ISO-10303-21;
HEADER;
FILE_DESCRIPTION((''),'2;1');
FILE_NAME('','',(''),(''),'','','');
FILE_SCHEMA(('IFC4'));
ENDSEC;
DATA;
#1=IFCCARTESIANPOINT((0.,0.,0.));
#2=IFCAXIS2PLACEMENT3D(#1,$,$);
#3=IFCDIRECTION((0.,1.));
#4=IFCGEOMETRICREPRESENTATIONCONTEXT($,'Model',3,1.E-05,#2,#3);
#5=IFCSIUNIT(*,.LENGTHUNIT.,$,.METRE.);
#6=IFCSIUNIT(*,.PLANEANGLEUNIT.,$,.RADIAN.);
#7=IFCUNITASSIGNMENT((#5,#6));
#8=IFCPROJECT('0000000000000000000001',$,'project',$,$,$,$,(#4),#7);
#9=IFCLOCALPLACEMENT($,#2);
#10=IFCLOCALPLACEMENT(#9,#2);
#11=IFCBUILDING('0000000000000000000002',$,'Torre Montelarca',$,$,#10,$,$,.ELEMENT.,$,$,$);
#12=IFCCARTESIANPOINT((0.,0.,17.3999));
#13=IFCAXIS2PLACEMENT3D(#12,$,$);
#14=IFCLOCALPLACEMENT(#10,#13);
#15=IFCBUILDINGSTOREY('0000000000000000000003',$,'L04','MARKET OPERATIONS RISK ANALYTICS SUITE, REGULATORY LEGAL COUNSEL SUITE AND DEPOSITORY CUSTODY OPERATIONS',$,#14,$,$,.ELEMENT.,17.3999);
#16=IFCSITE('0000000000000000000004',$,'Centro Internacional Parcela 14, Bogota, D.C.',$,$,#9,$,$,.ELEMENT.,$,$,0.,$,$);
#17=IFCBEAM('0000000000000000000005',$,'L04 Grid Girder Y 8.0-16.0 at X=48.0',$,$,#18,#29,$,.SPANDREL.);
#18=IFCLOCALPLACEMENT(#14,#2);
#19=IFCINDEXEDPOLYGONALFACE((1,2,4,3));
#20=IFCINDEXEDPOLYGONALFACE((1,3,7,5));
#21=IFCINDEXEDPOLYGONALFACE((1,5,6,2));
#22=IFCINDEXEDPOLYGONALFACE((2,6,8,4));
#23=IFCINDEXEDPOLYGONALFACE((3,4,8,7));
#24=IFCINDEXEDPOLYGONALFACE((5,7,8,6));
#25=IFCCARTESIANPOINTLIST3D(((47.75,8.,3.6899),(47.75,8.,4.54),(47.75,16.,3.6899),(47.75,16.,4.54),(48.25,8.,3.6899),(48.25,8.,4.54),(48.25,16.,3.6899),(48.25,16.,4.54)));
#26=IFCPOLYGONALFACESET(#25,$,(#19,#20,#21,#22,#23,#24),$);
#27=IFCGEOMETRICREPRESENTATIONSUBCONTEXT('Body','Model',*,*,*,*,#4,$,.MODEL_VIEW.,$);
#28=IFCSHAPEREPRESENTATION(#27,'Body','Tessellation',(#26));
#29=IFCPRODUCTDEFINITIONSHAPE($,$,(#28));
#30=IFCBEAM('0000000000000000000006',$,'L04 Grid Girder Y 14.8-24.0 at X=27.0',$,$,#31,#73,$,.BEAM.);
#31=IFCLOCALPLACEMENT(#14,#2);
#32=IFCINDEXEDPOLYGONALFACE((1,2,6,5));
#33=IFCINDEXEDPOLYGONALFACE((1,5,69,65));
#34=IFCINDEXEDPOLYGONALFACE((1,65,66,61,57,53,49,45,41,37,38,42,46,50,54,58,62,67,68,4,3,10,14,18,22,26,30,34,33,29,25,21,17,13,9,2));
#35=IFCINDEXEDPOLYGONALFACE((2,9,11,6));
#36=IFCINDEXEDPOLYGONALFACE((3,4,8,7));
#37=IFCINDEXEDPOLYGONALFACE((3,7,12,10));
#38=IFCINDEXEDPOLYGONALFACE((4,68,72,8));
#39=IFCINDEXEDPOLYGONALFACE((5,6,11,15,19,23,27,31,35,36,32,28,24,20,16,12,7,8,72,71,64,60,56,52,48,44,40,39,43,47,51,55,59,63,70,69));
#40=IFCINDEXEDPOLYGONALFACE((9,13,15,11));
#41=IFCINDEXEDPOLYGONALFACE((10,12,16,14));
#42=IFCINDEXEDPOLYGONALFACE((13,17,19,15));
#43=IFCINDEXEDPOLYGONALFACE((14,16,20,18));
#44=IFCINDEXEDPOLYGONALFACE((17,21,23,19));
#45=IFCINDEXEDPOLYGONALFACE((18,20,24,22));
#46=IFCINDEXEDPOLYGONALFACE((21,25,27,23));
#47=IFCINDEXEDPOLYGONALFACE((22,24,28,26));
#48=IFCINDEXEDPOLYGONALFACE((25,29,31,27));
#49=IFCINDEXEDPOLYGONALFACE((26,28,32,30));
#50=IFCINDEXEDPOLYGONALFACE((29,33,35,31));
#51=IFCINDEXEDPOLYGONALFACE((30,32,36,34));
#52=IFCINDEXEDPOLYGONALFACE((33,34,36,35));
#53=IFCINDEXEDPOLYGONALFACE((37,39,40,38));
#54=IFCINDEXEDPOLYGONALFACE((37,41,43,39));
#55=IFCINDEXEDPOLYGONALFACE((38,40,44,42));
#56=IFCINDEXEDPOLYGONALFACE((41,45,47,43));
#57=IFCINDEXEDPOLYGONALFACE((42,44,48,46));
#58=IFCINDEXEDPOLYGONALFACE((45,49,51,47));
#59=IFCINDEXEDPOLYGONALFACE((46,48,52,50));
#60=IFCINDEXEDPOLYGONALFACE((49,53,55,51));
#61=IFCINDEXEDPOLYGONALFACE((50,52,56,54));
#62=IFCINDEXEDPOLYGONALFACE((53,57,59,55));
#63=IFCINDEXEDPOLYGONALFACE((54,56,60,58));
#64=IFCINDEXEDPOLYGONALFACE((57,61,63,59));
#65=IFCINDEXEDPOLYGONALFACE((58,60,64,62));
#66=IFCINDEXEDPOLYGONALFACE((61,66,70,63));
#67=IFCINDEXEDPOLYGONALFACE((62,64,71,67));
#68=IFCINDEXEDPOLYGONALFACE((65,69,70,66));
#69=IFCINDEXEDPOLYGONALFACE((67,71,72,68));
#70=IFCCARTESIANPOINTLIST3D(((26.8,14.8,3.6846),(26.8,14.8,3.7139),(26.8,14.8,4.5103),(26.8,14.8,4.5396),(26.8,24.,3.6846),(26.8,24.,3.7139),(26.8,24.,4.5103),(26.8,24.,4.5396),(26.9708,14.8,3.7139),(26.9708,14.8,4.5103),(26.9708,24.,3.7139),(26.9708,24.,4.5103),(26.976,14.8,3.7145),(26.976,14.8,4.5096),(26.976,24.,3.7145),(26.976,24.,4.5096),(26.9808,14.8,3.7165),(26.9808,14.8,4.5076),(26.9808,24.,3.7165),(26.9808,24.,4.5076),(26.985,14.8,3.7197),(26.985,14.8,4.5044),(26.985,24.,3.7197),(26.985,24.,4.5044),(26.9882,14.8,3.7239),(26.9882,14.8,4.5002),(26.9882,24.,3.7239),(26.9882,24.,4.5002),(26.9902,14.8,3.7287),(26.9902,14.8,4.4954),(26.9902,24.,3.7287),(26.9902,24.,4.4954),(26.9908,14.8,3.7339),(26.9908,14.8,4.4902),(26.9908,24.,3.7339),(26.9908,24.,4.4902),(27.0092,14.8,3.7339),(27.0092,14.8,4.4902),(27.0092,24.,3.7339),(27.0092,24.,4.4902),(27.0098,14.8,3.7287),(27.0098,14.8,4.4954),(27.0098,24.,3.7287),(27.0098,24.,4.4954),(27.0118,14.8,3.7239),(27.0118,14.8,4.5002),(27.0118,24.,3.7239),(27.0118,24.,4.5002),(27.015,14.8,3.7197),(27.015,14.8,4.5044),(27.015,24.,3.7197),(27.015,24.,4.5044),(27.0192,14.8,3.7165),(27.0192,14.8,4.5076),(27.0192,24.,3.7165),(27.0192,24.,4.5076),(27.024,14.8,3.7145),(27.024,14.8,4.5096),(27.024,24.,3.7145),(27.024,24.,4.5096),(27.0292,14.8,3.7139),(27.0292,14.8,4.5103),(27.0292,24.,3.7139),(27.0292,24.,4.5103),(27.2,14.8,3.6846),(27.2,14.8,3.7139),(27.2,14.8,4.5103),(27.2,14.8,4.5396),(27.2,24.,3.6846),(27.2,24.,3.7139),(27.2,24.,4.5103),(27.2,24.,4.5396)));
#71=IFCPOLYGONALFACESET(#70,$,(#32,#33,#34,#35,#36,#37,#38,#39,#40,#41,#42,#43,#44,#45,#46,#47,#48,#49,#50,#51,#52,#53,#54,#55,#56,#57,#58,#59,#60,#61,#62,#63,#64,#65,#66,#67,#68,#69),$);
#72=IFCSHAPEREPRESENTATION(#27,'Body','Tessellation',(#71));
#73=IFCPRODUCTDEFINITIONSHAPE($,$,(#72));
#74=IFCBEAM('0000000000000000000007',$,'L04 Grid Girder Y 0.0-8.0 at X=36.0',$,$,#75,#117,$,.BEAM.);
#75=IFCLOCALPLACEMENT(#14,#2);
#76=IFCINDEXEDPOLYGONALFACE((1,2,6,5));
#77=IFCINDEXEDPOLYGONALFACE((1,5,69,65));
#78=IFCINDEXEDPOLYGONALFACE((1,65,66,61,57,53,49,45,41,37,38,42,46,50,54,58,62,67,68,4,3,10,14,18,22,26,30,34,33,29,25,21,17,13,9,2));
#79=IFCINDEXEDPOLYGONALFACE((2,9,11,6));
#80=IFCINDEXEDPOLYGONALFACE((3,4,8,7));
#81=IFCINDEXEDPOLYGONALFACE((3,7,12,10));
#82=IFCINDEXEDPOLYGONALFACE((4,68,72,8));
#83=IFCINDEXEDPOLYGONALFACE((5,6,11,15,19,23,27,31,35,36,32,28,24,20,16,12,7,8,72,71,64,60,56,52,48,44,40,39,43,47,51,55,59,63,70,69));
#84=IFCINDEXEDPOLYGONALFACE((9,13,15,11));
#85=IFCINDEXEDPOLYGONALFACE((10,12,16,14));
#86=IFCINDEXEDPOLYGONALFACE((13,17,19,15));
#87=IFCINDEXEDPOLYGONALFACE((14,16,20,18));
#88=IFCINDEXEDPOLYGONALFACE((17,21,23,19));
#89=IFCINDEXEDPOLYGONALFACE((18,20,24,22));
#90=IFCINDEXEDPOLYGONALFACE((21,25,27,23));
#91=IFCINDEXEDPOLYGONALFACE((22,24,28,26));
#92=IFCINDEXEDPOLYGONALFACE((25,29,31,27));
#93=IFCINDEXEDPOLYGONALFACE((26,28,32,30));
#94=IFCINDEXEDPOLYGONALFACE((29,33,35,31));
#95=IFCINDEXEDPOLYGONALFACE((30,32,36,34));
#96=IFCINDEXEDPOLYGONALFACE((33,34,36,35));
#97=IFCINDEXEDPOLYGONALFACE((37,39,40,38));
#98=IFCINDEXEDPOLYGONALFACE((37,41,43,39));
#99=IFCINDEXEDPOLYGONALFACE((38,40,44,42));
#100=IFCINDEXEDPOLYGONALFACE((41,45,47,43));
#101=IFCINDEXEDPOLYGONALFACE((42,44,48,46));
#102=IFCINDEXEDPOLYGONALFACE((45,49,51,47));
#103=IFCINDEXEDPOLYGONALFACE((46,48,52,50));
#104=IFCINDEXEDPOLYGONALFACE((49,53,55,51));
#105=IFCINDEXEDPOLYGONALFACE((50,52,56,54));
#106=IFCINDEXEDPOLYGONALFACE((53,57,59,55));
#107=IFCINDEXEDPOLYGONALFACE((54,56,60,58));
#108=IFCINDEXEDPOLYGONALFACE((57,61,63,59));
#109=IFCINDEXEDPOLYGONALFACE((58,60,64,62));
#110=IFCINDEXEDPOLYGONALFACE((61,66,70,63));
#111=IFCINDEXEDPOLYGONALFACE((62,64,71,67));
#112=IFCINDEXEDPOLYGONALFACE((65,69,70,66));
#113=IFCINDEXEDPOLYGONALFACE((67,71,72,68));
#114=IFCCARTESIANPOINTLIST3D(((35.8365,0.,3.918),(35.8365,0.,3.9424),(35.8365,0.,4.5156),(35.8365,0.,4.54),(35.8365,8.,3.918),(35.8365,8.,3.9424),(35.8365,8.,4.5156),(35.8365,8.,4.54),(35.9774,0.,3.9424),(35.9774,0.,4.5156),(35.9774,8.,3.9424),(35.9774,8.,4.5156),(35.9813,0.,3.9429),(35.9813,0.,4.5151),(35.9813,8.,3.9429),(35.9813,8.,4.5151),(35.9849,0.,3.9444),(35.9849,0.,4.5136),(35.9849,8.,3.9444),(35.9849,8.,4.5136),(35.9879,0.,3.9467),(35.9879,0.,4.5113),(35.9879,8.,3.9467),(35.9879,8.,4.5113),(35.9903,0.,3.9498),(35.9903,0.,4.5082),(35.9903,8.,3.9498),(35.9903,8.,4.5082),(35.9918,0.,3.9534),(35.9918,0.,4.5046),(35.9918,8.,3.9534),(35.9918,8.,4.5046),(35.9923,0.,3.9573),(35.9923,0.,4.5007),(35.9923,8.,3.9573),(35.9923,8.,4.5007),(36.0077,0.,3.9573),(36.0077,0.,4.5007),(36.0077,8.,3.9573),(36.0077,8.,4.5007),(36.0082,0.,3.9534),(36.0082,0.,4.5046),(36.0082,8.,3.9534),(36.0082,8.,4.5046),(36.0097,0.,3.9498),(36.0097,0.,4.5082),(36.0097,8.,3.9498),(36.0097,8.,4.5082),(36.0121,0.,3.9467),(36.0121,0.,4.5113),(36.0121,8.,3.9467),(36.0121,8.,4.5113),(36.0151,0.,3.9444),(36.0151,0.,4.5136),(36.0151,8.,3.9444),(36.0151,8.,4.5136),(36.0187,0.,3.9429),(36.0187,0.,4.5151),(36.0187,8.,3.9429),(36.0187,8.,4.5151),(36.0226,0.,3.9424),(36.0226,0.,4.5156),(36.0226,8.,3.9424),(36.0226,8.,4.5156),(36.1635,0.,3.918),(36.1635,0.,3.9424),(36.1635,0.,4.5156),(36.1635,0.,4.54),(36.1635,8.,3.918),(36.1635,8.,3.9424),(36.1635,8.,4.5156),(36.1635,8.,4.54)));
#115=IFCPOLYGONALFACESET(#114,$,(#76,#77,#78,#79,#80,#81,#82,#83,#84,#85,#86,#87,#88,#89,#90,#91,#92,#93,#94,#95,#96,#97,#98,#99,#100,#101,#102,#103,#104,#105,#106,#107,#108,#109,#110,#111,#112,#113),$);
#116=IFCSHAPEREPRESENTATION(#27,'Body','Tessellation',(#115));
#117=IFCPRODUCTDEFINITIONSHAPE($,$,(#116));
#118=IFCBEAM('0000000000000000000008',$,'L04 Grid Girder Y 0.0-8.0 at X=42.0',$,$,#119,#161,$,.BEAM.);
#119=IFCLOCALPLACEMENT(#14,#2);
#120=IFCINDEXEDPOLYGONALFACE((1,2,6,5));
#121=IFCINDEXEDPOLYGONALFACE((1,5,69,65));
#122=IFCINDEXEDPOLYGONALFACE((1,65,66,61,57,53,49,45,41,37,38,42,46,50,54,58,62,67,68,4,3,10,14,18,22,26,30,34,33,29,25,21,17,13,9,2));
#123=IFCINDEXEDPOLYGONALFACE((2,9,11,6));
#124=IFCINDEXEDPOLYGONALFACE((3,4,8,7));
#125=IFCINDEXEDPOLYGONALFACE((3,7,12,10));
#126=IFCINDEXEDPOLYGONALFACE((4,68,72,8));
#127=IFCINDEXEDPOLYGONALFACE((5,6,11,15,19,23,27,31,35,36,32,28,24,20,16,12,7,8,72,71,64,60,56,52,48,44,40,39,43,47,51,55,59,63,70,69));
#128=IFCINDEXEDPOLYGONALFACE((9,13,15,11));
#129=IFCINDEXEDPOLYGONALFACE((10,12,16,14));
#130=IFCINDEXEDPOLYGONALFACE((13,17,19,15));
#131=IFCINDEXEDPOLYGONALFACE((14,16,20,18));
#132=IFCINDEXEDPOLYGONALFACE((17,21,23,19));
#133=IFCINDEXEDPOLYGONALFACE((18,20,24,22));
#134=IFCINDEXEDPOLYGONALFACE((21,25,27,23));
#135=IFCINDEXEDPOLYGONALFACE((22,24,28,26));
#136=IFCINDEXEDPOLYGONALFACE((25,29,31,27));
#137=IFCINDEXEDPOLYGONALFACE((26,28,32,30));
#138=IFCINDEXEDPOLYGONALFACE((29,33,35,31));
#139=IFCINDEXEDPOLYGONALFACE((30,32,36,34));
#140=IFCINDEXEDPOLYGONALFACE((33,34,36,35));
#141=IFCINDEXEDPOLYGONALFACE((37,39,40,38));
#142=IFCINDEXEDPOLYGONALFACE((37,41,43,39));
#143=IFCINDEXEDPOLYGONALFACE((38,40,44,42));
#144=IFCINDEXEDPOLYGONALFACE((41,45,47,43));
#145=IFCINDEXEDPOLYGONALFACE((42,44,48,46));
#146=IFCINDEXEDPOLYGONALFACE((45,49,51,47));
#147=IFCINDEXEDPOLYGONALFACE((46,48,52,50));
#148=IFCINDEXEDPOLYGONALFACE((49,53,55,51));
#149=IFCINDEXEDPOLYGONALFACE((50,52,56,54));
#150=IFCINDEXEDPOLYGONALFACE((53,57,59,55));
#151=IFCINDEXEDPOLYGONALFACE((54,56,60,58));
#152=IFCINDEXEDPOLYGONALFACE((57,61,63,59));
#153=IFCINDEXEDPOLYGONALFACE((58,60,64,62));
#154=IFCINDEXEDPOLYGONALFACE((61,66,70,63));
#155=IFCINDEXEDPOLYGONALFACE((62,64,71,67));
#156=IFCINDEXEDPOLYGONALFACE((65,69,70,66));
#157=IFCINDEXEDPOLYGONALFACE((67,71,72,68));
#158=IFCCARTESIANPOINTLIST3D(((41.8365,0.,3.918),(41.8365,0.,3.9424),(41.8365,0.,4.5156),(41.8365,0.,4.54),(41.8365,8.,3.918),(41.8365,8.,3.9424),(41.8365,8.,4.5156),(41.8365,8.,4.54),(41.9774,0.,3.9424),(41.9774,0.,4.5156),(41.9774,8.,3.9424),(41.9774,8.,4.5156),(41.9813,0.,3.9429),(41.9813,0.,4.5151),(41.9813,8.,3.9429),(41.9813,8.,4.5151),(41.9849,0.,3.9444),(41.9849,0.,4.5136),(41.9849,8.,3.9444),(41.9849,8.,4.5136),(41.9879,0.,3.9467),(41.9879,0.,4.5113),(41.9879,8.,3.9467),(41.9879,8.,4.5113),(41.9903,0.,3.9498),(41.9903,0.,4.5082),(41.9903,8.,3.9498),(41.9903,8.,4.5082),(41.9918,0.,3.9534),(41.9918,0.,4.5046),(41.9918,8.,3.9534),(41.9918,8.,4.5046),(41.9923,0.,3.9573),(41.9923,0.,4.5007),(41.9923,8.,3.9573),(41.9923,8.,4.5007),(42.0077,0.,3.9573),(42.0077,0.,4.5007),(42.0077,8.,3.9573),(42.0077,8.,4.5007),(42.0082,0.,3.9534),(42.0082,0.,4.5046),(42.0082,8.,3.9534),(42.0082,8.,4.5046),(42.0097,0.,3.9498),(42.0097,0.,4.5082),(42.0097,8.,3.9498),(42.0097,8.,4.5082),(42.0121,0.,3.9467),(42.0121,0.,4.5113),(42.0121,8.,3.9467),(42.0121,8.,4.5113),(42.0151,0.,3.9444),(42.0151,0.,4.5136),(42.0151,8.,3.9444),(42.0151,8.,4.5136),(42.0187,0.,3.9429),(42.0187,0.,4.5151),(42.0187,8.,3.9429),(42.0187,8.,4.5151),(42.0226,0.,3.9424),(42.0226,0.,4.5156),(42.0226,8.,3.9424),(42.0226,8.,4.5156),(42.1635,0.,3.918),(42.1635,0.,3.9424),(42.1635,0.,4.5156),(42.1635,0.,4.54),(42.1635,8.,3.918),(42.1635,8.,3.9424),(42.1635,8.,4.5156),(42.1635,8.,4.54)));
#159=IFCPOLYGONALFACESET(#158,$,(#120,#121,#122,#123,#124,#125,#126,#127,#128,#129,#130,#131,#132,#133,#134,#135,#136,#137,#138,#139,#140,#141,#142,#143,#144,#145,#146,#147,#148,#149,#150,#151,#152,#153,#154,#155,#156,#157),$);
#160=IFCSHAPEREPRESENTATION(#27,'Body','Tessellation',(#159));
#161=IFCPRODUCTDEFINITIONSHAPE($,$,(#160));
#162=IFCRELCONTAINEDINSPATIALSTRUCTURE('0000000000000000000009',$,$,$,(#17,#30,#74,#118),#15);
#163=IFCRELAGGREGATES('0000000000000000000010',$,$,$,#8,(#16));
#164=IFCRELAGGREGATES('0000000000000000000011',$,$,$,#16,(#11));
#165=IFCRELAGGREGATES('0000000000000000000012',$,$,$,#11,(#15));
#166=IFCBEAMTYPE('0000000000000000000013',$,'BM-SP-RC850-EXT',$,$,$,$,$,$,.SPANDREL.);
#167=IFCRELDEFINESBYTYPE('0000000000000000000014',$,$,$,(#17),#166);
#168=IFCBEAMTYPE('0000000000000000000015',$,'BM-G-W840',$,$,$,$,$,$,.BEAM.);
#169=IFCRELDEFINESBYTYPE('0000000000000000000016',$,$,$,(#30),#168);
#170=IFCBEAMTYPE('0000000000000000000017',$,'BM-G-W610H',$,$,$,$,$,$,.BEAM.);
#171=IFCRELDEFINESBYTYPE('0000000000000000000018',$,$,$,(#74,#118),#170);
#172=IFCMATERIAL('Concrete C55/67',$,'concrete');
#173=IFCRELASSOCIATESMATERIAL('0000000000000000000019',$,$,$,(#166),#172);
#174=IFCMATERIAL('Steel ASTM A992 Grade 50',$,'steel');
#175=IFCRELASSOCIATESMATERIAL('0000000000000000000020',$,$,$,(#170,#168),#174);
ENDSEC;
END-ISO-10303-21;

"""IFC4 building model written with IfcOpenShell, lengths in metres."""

from ifc_helpers import new_model, si_unit, direction, frame, origin, origin_2d, place, context, subcontext, project, spatial, rectangle, i_section, extrude, source, transform, mapped, material, material_profile, profile_set, type_object, element, save


model = new_model("IFC4")

# Units and contexts
model_context = context("Model", 3, precision=1e-05, world=origin(), true_north=direction((0.0, 1.0)))
body_context = subcontext(model_context, "Body", "Model", "MODEL_VIEW")
ifc_project = project(units=[si_unit("LENGTHUNIT", "METRE"), si_unit("PLANEANGLEUNIT", "RADIAN")], contexts=[model_context])

# Site, building, storey
site_placement = place(None, origin())
site = spatial("IfcSite", under=ifc_project, at=site_placement, Name="Centro Internacional Parcela 14, Bogota, D.C.", CompositionType="ELEMENT", RefElevation=0.0)
building_placement = place(site_placement, origin())
building = spatial("IfcBuilding", under=site, at=building_placement, Name="Torre Montelarca", CompositionType="ELEMENT")
storey_placement = place(building_placement, frame((0.0, 0.0, 17.3999)))
storey = spatial("IfcBuildingStorey", under=building, at=storey_placement, Name="L04", Description="MARKET OPERATIONS RISK ANALYTICS SUITE, REGULATORY LEGAL COUNSEL SUITE AND DEPOSITORY CUSTODY OPERATIONS", CompositionType="ELEMENT", Elevation=17.3999)

# Beams
ifc_material_1 = material(Name="Concrete C55/67", Category="concrete")
ifc_material_profile_1 = material_profile(ifc_material_1, rectangle(XDim=0.5, YDim=0.8501, at=origin_2d()), Name="RCB500X850", Category="concrete")
ifc_profile_set_1 = profile_set([ifc_material_profile_1], Name="Concrete C55/67")
beam_type_1 = type_object("IfcBeamType", Name="BM-SP-RC850-EXT", PredefinedType="SPANDREL", material=ifc_profile_set_1)
ifc_material_2 = material(Name="Steel ASTM A992 Grade 50", Category="steel")
ifc_material_profile_2 = material_profile(ifc_material_2, i_section(OverallWidth=0.3269, OverallDepth=0.6221, WebThickness=0.0154, FlangeThickness=0.0244, FilletRadius=0.0149, at=origin_2d()), Name="W610X195", Category="steel")
ifc_profile_set_2 = profile_set([ifc_material_profile_2], Name="Steel ASTM A992 Grade 50")
beam_type_2 = type_object("IfcBeamType", Name="BM-G-W610H", PredefinedType="BEAM", material=ifc_profile_set_2)
shared_shape_1 = source(origin(), body_context, "Body", "SweptSolid", [
    extrude(rectangle(XDim=0.5, YDim=0.8501, at=origin_2d()), origin(), (0.0, 0.0, 1.0), 8.0),
])
beam_1_placement = place(storey_placement, frame((48.0, 8.0, 4.115), z_axis=(0.0, 1.0, 0.0), x_axis=(-1.0, 0.0, 0.0)))
element("IfcBeam", 1, at=beam_1_placement, inside=storey, type_object=beam_type_1, Name="L04 Grid Girder Y 8.0-16.0 at X=48.0", PredefinedType="SPANDREL", context=body_context, shape_type="MappedRepresentation", body=[
    mapped(shared_shape_1, transform((0.0, 0.0, 0.0), scale=1.0)),
])
ifc_material_profile_3 = material_profile(ifc_material_2, i_section(OverallWidth=0.3999, OverallDepth=0.855, WebThickness=0.0183, FlangeThickness=0.0293, FilletRadius=0.02, at=origin_2d()), Name="W840X299", Category="steel")
ifc_profile_set_3 = profile_set([ifc_material_profile_3], Name="Steel ASTM A992 Grade 50")
beam_type_3 = type_object("IfcBeamType", Name="BM-G-W840", PredefinedType="BEAM", material=ifc_profile_set_3)
shared_shape_2 = source(origin(), body_context, "Body", "SweptSolid", [
    extrude(i_section(OverallWidth=0.3999, OverallDepth=0.855, WebThickness=0.0183, FlangeThickness=0.0293, FilletRadius=0.02, at=origin_2d()), origin(), (0.0, 0.0, 1.0), 9.2),
])
beam_2_placement = place(storey_placement, frame((27.0, 14.8, 4.1121), z_axis=(0.0, 1.0, 0.0), x_axis=(-1.0, 0.0, 0.0)))
element("IfcBeam", 2, at=beam_2_placement, inside=storey, type_object=beam_type_3, Name="L04 Grid Girder Y 14.8-24.0 at X=27.0", PredefinedType="BEAM", context=body_context, shape_type="MappedRepresentation", body=[
    mapped(shared_shape_2, transform((0.0, 0.0, 0.0), scale=1.0)),
])
shared_shape_3 = source(origin(), body_context, "Body", "SweptSolid", [
    extrude(i_section(OverallWidth=0.3269, OverallDepth=0.6221, WebThickness=0.0154, FlangeThickness=0.0244, FilletRadius=0.0149, at=origin_2d()), origin(), (0.0, 0.0, 1.0), 8.0),
])
for number, where, z_axis, x_axis, name in (
    (3, (36.0, 0.0, 4.229), (0.0, 1.0, 0.0), (-1.0, 0.0, 0.0), "L04 Grid Girder Y 0.0-8.0 at X=36.0"),
    (4, (42.0, 0.0, 4.229), (0.0, 1.0, 0.0), (-1.0, 0.0, 0.0), "L04 Grid Girder Y 0.0-8.0 at X=42.0"),
):
    element("IfcBeam", number, at=place(storey_placement, frame(where, z_axis=z_axis, x_axis=x_axis)), inside=storey, type_object=beam_type_2, Name=name, PredefinedType="BEAM", context=body_context, shape_type="MappedRepresentation", body=[
        mapped(shared_shape_3, transform((0.0, 0.0, 0.0), scale=1.0)),
    ])

save(model, "model.ifc")
